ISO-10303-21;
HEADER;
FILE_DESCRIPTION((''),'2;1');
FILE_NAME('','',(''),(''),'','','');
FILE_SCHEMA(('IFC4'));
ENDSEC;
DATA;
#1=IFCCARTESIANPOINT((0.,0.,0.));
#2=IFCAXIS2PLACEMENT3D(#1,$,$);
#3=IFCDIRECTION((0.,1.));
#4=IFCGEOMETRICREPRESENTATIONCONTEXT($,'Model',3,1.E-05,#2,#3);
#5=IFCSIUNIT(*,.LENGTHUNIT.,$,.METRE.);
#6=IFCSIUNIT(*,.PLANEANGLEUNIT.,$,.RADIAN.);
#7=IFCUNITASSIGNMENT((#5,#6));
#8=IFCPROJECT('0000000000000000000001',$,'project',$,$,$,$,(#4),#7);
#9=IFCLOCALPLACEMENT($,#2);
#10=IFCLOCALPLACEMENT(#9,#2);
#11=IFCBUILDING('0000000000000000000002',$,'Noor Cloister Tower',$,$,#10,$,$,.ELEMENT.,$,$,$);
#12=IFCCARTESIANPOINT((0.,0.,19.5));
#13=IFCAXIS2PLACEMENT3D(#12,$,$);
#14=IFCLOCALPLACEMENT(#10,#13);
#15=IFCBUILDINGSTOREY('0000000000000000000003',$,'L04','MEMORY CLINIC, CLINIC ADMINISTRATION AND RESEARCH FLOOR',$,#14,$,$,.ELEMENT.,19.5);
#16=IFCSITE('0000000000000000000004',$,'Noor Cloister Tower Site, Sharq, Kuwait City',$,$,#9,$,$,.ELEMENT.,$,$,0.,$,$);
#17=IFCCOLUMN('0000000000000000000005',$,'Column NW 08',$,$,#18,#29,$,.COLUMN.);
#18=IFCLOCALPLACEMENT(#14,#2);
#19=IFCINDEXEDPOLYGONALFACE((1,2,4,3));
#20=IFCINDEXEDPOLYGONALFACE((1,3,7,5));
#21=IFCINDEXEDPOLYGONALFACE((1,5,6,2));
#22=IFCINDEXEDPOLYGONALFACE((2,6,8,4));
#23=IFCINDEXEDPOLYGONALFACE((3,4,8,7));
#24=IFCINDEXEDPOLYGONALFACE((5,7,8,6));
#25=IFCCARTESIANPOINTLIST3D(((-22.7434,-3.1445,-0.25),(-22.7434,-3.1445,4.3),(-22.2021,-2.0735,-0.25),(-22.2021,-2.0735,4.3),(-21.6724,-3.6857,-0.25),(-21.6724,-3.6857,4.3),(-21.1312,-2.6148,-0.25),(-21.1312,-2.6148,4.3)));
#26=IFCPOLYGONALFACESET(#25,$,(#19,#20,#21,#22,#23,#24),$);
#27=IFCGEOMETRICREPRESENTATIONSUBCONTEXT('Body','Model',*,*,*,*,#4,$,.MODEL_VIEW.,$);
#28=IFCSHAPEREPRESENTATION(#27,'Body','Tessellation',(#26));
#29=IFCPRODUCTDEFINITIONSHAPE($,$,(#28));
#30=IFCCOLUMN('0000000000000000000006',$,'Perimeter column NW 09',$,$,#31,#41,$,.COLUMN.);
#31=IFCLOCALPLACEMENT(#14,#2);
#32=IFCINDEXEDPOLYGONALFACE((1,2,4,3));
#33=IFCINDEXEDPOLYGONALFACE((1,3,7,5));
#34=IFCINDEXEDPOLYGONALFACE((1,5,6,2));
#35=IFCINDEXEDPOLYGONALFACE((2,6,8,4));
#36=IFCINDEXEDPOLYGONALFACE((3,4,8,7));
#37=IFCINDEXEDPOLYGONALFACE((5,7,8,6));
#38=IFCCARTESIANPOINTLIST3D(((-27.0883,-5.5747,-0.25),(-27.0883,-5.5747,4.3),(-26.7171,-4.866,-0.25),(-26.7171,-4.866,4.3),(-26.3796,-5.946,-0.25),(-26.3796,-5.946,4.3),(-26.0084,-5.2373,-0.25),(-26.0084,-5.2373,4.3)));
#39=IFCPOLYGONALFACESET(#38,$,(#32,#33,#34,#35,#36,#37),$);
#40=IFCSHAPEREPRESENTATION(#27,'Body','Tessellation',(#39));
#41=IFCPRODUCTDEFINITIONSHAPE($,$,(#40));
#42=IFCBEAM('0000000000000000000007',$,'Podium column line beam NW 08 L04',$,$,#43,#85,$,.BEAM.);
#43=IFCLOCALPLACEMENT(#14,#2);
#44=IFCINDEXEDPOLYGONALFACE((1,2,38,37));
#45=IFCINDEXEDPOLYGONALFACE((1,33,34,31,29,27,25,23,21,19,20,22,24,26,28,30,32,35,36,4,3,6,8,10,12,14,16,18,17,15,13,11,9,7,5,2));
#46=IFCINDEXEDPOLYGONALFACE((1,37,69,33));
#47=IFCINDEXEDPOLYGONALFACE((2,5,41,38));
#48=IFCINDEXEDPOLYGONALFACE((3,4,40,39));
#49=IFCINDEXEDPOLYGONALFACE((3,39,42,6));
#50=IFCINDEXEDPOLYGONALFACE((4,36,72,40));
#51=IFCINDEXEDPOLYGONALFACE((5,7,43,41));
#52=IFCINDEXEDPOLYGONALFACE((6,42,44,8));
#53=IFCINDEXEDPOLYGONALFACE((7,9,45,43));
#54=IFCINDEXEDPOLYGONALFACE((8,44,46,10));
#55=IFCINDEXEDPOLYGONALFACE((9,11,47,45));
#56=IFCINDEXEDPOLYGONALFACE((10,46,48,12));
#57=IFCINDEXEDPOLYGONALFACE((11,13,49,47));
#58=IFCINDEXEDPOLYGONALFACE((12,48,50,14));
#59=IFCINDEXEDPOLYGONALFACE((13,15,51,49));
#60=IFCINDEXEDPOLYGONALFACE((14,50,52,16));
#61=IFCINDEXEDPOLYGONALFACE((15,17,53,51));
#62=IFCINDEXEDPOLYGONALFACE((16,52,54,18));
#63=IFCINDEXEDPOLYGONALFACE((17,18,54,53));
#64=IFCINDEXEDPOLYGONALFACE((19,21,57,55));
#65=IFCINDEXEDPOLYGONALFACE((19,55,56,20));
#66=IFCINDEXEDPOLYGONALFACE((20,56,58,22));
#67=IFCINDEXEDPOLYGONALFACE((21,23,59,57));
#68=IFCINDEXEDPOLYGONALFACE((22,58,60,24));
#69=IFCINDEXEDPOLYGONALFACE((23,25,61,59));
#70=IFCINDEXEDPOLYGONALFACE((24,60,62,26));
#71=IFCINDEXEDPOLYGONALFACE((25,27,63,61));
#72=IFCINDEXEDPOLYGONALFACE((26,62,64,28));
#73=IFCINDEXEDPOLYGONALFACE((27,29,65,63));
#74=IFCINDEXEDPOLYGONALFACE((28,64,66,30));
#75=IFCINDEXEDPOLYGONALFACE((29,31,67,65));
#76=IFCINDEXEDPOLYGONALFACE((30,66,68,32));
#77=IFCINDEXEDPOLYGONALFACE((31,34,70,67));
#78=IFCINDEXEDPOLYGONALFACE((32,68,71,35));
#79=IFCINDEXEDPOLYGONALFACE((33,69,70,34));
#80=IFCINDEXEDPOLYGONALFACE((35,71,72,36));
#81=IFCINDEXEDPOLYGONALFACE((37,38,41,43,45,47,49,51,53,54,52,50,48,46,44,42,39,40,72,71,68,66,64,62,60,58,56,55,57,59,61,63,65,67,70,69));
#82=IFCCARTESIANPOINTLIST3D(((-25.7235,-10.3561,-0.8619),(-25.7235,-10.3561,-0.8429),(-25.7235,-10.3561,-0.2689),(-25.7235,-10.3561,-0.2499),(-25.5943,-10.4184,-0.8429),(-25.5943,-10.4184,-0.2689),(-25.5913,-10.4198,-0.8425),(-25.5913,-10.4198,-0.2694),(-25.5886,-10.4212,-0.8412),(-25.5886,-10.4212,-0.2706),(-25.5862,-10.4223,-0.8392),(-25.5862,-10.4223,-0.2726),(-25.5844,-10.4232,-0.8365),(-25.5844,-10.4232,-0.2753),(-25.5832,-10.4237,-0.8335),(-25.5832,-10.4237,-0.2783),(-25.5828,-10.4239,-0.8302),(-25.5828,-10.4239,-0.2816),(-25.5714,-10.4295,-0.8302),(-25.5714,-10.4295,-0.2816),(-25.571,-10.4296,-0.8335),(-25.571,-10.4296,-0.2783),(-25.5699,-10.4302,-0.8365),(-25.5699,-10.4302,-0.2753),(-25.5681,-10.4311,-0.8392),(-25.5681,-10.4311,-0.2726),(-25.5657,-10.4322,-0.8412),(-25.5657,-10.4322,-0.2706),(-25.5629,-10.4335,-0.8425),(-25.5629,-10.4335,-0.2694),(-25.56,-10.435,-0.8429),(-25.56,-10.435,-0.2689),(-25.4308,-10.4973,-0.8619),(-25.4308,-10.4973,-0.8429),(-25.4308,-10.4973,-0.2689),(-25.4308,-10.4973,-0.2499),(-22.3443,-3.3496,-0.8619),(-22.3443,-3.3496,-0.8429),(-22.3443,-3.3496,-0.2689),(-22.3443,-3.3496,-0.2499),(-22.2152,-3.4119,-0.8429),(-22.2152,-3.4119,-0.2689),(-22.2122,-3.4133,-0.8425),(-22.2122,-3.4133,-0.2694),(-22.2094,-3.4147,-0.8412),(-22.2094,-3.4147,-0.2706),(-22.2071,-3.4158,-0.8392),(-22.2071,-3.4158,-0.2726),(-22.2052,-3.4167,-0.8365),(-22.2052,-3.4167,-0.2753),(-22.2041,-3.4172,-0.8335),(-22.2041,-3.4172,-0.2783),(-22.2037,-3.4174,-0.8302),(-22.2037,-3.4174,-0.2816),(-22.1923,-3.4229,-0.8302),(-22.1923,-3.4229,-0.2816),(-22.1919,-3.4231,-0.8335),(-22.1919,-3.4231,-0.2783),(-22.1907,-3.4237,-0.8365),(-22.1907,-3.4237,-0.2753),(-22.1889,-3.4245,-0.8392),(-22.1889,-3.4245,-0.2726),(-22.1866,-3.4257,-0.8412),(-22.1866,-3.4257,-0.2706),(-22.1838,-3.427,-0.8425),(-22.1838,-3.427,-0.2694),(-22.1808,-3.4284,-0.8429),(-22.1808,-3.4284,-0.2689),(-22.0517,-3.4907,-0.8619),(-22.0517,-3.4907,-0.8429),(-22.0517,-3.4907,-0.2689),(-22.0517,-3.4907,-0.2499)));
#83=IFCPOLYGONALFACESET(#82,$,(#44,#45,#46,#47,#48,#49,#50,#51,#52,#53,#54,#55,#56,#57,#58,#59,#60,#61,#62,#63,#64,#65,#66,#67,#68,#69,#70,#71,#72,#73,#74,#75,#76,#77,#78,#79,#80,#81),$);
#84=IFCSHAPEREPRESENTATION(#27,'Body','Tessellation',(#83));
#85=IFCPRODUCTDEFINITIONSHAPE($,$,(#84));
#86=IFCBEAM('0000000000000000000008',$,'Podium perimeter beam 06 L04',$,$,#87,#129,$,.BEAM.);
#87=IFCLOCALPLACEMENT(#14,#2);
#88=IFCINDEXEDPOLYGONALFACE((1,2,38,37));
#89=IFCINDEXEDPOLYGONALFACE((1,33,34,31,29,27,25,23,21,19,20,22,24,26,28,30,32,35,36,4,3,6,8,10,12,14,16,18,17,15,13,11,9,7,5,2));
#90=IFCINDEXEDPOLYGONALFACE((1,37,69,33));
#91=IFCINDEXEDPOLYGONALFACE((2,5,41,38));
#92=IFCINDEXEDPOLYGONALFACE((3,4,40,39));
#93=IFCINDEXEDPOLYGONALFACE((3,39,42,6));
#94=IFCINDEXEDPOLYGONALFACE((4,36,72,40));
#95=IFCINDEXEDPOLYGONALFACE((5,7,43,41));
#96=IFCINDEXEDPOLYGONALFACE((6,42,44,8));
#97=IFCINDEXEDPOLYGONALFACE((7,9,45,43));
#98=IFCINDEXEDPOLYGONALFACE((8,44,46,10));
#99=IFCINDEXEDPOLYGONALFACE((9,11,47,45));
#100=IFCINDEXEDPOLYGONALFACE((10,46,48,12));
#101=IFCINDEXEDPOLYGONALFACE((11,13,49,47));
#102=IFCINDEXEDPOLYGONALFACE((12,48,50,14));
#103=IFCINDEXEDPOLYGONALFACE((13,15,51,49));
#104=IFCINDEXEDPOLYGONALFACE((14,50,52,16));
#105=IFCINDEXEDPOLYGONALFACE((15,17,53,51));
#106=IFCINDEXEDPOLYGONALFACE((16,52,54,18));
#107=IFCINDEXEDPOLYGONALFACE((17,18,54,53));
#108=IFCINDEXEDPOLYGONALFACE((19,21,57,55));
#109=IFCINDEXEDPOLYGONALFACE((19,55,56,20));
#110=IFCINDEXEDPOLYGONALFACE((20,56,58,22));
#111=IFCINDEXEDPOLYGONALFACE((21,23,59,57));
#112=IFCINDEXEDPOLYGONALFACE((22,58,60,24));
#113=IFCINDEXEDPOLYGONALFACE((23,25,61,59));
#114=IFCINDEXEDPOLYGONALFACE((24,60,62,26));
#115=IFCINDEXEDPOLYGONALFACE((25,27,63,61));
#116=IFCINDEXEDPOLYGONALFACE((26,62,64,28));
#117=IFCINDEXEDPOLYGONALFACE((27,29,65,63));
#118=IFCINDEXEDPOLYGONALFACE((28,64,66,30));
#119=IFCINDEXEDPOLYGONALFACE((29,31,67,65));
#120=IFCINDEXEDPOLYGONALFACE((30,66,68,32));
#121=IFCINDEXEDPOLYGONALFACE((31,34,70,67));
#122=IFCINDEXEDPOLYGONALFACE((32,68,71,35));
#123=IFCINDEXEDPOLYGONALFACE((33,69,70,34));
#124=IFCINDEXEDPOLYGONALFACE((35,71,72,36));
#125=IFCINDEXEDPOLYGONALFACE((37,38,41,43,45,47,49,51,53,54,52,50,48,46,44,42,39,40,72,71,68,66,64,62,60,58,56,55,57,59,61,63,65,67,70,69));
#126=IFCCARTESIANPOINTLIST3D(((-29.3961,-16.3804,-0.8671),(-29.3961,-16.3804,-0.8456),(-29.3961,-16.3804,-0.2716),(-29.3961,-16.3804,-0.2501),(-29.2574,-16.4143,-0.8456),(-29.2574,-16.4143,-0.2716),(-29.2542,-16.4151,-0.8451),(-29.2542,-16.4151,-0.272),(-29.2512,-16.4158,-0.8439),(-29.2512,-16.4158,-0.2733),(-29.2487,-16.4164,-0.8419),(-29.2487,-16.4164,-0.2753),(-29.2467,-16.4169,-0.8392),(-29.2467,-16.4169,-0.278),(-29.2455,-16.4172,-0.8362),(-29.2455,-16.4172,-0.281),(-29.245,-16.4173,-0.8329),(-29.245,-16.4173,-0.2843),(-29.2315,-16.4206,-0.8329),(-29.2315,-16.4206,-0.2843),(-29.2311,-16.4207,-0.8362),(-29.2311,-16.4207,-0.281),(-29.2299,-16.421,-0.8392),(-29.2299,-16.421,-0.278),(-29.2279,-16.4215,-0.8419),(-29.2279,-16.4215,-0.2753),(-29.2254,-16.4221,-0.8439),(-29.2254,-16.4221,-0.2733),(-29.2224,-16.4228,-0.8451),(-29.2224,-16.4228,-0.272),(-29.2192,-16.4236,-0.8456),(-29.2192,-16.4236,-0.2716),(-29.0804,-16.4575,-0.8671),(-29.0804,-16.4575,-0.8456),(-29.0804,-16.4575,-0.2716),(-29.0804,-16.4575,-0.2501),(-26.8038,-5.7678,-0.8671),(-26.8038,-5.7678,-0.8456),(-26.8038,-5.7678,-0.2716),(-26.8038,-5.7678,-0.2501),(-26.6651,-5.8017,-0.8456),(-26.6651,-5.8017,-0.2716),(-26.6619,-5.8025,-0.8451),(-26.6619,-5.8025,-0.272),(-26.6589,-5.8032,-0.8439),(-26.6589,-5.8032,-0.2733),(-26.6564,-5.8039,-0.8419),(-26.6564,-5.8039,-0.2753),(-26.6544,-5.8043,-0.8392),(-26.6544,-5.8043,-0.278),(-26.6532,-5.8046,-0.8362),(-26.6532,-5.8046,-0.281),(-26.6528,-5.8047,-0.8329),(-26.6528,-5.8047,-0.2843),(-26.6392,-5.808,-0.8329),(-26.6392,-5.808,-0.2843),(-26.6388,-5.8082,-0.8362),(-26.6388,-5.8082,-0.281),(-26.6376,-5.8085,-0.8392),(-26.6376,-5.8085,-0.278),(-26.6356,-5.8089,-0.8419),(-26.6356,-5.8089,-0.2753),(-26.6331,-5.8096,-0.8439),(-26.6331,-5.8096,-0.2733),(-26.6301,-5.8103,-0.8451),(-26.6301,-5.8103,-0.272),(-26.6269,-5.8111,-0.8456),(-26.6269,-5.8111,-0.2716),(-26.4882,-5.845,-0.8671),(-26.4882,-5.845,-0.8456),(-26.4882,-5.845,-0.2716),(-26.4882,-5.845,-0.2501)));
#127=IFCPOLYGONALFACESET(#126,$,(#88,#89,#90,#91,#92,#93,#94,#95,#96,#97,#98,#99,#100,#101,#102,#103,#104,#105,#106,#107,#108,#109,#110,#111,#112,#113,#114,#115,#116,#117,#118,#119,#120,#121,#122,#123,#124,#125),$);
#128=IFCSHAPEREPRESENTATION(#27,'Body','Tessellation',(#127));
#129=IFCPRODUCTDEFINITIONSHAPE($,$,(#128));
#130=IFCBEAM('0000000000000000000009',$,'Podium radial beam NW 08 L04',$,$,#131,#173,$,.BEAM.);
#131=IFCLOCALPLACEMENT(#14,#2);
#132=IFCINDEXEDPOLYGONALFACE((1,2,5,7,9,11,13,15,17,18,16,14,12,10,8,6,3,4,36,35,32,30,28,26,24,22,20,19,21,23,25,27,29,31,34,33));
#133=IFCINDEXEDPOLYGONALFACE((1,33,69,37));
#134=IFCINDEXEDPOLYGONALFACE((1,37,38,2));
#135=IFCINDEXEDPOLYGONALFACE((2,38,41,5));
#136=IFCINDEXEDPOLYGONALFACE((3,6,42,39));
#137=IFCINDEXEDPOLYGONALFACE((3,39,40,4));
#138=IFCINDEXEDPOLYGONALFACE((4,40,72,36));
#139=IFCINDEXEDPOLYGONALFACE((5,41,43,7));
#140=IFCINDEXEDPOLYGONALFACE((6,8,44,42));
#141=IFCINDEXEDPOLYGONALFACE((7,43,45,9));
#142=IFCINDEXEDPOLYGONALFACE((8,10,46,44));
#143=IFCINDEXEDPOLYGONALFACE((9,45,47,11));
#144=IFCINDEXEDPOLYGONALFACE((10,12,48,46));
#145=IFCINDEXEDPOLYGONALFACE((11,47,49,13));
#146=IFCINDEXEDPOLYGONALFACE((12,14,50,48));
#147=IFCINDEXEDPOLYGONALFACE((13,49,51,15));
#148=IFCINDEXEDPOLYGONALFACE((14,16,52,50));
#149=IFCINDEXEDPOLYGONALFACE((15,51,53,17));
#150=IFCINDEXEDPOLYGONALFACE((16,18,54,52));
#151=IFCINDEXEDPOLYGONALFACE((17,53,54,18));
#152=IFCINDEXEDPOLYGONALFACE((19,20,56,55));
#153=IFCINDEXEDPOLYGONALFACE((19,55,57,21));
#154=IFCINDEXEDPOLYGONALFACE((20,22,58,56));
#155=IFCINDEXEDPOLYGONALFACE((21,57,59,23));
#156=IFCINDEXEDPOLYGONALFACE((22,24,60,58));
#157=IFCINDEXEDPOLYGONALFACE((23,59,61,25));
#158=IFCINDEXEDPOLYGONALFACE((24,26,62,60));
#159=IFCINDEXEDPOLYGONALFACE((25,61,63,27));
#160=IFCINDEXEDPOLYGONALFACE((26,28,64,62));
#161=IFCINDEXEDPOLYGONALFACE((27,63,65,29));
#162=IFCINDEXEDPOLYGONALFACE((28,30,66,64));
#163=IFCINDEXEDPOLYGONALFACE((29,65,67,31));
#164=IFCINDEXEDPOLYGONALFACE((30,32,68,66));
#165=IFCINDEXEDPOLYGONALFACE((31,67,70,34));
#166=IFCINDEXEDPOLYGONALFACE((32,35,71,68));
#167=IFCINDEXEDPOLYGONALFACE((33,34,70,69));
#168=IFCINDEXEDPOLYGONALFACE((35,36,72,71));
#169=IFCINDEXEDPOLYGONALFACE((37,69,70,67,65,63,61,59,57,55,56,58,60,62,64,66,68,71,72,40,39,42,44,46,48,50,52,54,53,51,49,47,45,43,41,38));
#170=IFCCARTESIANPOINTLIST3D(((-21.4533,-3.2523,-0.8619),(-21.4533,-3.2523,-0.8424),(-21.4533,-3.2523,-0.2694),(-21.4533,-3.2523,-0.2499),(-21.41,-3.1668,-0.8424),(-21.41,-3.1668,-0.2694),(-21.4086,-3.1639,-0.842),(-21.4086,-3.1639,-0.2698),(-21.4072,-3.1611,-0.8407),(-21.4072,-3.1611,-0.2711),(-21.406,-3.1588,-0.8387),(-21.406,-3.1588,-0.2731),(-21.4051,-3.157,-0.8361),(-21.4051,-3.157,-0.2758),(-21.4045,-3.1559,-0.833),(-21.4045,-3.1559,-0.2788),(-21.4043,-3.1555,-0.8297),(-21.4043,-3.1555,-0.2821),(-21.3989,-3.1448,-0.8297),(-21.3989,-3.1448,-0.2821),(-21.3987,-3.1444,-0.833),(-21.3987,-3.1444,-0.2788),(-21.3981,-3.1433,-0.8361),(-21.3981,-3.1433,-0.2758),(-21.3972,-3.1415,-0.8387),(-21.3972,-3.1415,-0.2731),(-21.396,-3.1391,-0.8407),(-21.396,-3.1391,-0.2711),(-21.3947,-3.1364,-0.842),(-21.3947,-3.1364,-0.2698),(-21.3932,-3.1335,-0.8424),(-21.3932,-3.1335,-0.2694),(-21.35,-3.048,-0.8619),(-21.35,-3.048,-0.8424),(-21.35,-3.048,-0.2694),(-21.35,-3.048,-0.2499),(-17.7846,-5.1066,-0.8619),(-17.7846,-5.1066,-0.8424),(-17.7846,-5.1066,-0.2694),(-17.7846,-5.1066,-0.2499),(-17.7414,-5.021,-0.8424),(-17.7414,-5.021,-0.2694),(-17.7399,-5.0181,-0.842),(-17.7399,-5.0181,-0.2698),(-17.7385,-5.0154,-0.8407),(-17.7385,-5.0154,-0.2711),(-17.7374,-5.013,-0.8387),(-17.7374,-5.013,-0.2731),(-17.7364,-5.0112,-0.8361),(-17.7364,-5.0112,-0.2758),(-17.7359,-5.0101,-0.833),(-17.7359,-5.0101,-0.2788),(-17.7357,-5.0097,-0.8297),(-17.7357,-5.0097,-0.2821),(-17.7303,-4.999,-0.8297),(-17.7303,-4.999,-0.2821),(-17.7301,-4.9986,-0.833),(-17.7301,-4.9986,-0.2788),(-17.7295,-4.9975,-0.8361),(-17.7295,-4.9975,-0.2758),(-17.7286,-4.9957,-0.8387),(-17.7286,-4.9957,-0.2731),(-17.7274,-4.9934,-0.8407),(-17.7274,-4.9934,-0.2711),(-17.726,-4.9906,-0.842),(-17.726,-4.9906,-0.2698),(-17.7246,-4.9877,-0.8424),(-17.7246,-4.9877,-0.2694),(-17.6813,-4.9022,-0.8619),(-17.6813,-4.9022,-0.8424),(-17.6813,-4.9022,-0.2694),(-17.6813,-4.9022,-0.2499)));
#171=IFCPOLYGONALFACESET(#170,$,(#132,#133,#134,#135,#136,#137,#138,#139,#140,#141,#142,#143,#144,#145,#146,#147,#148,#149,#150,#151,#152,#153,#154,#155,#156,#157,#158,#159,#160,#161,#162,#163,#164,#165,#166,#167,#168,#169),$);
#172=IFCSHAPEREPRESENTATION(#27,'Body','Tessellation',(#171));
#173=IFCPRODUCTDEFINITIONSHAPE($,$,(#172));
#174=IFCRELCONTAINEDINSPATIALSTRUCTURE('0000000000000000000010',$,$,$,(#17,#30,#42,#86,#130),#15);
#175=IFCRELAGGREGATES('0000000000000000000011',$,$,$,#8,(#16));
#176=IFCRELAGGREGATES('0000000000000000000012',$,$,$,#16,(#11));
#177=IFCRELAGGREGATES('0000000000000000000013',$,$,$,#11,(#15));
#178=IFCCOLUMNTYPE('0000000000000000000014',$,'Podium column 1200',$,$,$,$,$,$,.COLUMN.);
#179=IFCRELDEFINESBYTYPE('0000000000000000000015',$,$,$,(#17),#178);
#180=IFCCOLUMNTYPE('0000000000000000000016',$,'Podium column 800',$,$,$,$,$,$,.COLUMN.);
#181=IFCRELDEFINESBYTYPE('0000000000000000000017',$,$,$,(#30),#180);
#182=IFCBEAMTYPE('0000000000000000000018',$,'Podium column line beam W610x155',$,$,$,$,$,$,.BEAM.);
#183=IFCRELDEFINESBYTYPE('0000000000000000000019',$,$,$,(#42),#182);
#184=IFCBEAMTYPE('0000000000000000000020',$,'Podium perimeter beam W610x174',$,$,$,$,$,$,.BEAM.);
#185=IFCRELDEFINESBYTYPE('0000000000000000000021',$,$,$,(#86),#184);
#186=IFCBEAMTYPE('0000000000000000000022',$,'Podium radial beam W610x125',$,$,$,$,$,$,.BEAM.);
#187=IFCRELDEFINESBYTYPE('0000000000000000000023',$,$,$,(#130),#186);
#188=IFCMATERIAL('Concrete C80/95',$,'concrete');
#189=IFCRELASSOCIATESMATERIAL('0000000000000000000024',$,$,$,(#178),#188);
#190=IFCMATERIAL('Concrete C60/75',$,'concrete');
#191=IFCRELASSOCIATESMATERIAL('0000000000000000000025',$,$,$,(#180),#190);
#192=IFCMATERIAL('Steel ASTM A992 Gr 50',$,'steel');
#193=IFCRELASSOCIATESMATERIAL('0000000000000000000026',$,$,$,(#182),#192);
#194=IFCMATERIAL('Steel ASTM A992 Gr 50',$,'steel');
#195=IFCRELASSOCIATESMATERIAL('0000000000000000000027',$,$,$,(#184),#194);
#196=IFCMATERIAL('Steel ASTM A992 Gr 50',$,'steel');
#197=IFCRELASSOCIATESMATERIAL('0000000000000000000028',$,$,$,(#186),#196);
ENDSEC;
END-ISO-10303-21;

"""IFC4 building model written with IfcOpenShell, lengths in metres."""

from ifc_helpers import new_model, si_unit, direction, frame, origin, origin_2d, place, context, subcontext, project, spatial, rectangle, i_section, extrude, material, material_profile, profile_set, type_object, element, save


model = new_model("IFC4")

# Units and contexts
model_context = context("Model", 3, precision=1e-05, world=origin(), true_north=direction((0.0, 1.0)))
body_context = subcontext(model_context, "Body", "Model", "MODEL_VIEW")
ifc_project = project(units=[si_unit("LENGTHUNIT", "METRE"), si_unit("PLANEANGLEUNIT", "RADIAN")], contexts=[model_context])

# Site, building, storey
site_placement = place(None, origin())
site = spatial("IfcSite", under=ifc_project, at=site_placement, Name="Noor Cloister Tower Site, Sharq, Kuwait City", CompositionType="ELEMENT", RefElevation=0.0)
building_placement = place(site_placement, origin())
building = spatial("IfcBuilding", under=site, at=building_placement, Name="Noor Cloister Tower", CompositionType="ELEMENT")
storey_placement = place(building_placement, frame((0.0, 0.0, 19.5)))
storey = spatial("IfcBuildingStorey", under=building, at=storey_placement, Name="L04", Description="MEMORY CLINIC, CLINIC ADMINISTRATION AND RESEARCH FLOOR", CompositionType="ELEMENT", Elevation=19.5)

# Columns
ifc_material_1 = material(Name="Concrete C80/95", Category="concrete")
ifc_material_profile_1 = material_profile(ifc_material_1, rectangle(XDim=1.2, YDim=1.2, at=origin_2d()), Name="Podium column 1200")
ifc_profile_set_1 = profile_set([ifc_material_profile_1], Name="Concrete C80/95")
column_type_1 = type_object("IfcColumnType", Name="Podium column 1200", PredefinedType="COLUMN", material=ifc_profile_set_1)
column_1_placement = place(storey_placement, frame((-21.9373, -2.8796, -0.25), z_axis=(0.0, 0.0, 1.0), x_axis=(-0.892501, 0.451046, 0.0)))
element("IfcColumn", 1, at=column_1_placement, inside=storey, type_object=column_type_1, Name="Column NW 08", PredefinedType="COLUMN", context=body_context, shape_type="SweptSolid", body=[
    extrude(rectangle(XDim=1.2, YDim=1.2, at=origin_2d()), origin(), (0.0, 0.0, 1.0), 4.55),
])
ifc_material_2 = material(Name="Concrete C60/75", Category="concrete")
ifc_material_profile_2 = material_profile(ifc_material_2, rectangle(XDim=0.8, YDim=0.8, at=origin_2d()), Name="Podium column 800")
ifc_profile_set_2 = profile_set([ifc_material_profile_2], Name="Concrete C60/75")
column_type_2 = type_object("IfcColumnType", Name="Podium column 800", PredefinedType="COLUMN", material=ifc_profile_set_2)
column_2_placement = place(storey_placement, frame((-26.5483, -5.406, -0.25), z_axis=(0.0, 0.0, 1.0), x_axis=(-0.885828, 0.464014, 0.0)))
element("IfcColumn", 2, at=column_2_placement, inside=storey, type_object=column_type_2, Name="Perimeter column NW 09", PredefinedType="COLUMN", context=body_context, shape_type="SweptSolid", body=[
    extrude(rectangle(XDim=0.8, YDim=0.8, at=origin_2d()), origin(), (0.0, 0.0, 1.0), 4.55),
])

# Beams
ifc_material_3 = material(Name="Steel ASTM A992 Gr 50", Category="steel")
ifc_material_profile_3 = material_profile(ifc_material_3, i_section(OverallWidth=0.325, OverallDepth=0.6121, WebThickness=0.0127, FlangeThickness=0.019, FilletRadius=0.0127, at=origin_2d()), Name="W610x155")
ifc_profile_set_3 = profile_set([ifc_material_profile_3], Name="Steel ASTM A992 Gr 50")
beam_type_1 = type_object("IfcBeamType", Name="Podium column line beam W610x155", PredefinedType="BEAM", material=ifc_profile_set_3)
beam_1_placement = place(storey_placement, frame((-22.198, -3.4202, -0.5559), z_axis=(-0.434401, -0.90072, 0.0), x_axis=(0.90072, -0.434401, 0.0)))
element("IfcBeam", 3, at=beam_1_placement, inside=storey, type_object=beam_type_1, Name="Podium column line beam NW 08 L04", PredefinedType="BEAM", context=body_context, shape_type="SweptSolid", body=[
    extrude(i_section(OverallWidth=0.325, OverallDepth=0.6121, WebThickness=0.0127, FlangeThickness=0.019, FilletRadius=0.0127, at=origin_2d()), origin(), (0.0, 0.0, 1.0), 7.7788),
])
ifc_material_4 = material(Name="Steel ASTM A992 Gr 50", Category="steel")
ifc_material_profile_4 = material_profile(ifc_material_4, i_section(OverallWidth=0.325, OverallDepth=0.6169, WebThickness=0.0139, FlangeThickness=0.0215, FilletRadius=0.0127, at=origin_2d()), Name="W610x174")
ifc_profile_set_4 = profile_set([ifc_material_profile_4], Name="Steel ASTM A992 Gr 50")
beam_type_2 = type_object("IfcBeamType", Name="Podium perimeter beam W610x174", PredefinedType="BEAM", material=ifc_profile_set_4)
beam_2_placement = place(storey_placement, frame((-26.646, -5.8064, -0.5586), z_axis=(-0.23729, -0.971439, 0.0), x_axis=(0.971439, -0.23729, 0.0)))
element("IfcBeam", 4, at=beam_2_placement, inside=storey, type_object=beam_type_2, Name="Podium perimeter beam 06 L04", PredefinedType="BEAM", context=body_context, shape_type="SweptSolid", body=[
    extrude(i_section(OverallWidth=0.325, OverallDepth=0.6169, WebThickness=0.0139, FlangeThickness=0.0215, FilletRadius=0.0127, at=origin_2d()), origin(), (0.0, 0.0, 1.0), 10.9246),
])
ifc_material_5 = material(Name="Steel ASTM A992 Gr 50", Category="steel")
ifc_material_profile_5 = material_profile(ifc_material_5, i_section(OverallWidth=0.229, OverallDepth=0.6121, WebThickness=0.012, FlangeThickness=0.0195, FilletRadius=0.0127, at=origin_2d()), Name="W610x125")
ifc_profile_set_5 = profile_set([ifc_material_profile_5], Name="Steel ASTM A992 Gr 50")
beam_type_3 = type_object("IfcBeamType", Name="Podium radial beam W610x125", PredefinedType="BEAM", material=ifc_profile_set_5)
beam_3_placement = place(storey_placement, frame((-21.4016, -3.1501, -0.5559), z_axis=(0.892483, -0.451082, 0.0), x_axis=(0.451082, 0.892483, 0.0)))
element("IfcBeam", 5, at=beam_3_placement, inside=storey, type_object=beam_type_3, Name="Podium radial beam NW 08 L04", PredefinedType="BEAM", context=body_context, shape_type="SweptSolid", body=[
    extrude(i_section(OverallWidth=0.229, OverallDepth=0.6121, WebThickness=0.012, FlangeThickness=0.0195, FilletRadius=0.0127, at=origin_2d()), origin(), (0.0, 0.0, 1.0), 4.1106),
])

save(model, "model.ifc")
